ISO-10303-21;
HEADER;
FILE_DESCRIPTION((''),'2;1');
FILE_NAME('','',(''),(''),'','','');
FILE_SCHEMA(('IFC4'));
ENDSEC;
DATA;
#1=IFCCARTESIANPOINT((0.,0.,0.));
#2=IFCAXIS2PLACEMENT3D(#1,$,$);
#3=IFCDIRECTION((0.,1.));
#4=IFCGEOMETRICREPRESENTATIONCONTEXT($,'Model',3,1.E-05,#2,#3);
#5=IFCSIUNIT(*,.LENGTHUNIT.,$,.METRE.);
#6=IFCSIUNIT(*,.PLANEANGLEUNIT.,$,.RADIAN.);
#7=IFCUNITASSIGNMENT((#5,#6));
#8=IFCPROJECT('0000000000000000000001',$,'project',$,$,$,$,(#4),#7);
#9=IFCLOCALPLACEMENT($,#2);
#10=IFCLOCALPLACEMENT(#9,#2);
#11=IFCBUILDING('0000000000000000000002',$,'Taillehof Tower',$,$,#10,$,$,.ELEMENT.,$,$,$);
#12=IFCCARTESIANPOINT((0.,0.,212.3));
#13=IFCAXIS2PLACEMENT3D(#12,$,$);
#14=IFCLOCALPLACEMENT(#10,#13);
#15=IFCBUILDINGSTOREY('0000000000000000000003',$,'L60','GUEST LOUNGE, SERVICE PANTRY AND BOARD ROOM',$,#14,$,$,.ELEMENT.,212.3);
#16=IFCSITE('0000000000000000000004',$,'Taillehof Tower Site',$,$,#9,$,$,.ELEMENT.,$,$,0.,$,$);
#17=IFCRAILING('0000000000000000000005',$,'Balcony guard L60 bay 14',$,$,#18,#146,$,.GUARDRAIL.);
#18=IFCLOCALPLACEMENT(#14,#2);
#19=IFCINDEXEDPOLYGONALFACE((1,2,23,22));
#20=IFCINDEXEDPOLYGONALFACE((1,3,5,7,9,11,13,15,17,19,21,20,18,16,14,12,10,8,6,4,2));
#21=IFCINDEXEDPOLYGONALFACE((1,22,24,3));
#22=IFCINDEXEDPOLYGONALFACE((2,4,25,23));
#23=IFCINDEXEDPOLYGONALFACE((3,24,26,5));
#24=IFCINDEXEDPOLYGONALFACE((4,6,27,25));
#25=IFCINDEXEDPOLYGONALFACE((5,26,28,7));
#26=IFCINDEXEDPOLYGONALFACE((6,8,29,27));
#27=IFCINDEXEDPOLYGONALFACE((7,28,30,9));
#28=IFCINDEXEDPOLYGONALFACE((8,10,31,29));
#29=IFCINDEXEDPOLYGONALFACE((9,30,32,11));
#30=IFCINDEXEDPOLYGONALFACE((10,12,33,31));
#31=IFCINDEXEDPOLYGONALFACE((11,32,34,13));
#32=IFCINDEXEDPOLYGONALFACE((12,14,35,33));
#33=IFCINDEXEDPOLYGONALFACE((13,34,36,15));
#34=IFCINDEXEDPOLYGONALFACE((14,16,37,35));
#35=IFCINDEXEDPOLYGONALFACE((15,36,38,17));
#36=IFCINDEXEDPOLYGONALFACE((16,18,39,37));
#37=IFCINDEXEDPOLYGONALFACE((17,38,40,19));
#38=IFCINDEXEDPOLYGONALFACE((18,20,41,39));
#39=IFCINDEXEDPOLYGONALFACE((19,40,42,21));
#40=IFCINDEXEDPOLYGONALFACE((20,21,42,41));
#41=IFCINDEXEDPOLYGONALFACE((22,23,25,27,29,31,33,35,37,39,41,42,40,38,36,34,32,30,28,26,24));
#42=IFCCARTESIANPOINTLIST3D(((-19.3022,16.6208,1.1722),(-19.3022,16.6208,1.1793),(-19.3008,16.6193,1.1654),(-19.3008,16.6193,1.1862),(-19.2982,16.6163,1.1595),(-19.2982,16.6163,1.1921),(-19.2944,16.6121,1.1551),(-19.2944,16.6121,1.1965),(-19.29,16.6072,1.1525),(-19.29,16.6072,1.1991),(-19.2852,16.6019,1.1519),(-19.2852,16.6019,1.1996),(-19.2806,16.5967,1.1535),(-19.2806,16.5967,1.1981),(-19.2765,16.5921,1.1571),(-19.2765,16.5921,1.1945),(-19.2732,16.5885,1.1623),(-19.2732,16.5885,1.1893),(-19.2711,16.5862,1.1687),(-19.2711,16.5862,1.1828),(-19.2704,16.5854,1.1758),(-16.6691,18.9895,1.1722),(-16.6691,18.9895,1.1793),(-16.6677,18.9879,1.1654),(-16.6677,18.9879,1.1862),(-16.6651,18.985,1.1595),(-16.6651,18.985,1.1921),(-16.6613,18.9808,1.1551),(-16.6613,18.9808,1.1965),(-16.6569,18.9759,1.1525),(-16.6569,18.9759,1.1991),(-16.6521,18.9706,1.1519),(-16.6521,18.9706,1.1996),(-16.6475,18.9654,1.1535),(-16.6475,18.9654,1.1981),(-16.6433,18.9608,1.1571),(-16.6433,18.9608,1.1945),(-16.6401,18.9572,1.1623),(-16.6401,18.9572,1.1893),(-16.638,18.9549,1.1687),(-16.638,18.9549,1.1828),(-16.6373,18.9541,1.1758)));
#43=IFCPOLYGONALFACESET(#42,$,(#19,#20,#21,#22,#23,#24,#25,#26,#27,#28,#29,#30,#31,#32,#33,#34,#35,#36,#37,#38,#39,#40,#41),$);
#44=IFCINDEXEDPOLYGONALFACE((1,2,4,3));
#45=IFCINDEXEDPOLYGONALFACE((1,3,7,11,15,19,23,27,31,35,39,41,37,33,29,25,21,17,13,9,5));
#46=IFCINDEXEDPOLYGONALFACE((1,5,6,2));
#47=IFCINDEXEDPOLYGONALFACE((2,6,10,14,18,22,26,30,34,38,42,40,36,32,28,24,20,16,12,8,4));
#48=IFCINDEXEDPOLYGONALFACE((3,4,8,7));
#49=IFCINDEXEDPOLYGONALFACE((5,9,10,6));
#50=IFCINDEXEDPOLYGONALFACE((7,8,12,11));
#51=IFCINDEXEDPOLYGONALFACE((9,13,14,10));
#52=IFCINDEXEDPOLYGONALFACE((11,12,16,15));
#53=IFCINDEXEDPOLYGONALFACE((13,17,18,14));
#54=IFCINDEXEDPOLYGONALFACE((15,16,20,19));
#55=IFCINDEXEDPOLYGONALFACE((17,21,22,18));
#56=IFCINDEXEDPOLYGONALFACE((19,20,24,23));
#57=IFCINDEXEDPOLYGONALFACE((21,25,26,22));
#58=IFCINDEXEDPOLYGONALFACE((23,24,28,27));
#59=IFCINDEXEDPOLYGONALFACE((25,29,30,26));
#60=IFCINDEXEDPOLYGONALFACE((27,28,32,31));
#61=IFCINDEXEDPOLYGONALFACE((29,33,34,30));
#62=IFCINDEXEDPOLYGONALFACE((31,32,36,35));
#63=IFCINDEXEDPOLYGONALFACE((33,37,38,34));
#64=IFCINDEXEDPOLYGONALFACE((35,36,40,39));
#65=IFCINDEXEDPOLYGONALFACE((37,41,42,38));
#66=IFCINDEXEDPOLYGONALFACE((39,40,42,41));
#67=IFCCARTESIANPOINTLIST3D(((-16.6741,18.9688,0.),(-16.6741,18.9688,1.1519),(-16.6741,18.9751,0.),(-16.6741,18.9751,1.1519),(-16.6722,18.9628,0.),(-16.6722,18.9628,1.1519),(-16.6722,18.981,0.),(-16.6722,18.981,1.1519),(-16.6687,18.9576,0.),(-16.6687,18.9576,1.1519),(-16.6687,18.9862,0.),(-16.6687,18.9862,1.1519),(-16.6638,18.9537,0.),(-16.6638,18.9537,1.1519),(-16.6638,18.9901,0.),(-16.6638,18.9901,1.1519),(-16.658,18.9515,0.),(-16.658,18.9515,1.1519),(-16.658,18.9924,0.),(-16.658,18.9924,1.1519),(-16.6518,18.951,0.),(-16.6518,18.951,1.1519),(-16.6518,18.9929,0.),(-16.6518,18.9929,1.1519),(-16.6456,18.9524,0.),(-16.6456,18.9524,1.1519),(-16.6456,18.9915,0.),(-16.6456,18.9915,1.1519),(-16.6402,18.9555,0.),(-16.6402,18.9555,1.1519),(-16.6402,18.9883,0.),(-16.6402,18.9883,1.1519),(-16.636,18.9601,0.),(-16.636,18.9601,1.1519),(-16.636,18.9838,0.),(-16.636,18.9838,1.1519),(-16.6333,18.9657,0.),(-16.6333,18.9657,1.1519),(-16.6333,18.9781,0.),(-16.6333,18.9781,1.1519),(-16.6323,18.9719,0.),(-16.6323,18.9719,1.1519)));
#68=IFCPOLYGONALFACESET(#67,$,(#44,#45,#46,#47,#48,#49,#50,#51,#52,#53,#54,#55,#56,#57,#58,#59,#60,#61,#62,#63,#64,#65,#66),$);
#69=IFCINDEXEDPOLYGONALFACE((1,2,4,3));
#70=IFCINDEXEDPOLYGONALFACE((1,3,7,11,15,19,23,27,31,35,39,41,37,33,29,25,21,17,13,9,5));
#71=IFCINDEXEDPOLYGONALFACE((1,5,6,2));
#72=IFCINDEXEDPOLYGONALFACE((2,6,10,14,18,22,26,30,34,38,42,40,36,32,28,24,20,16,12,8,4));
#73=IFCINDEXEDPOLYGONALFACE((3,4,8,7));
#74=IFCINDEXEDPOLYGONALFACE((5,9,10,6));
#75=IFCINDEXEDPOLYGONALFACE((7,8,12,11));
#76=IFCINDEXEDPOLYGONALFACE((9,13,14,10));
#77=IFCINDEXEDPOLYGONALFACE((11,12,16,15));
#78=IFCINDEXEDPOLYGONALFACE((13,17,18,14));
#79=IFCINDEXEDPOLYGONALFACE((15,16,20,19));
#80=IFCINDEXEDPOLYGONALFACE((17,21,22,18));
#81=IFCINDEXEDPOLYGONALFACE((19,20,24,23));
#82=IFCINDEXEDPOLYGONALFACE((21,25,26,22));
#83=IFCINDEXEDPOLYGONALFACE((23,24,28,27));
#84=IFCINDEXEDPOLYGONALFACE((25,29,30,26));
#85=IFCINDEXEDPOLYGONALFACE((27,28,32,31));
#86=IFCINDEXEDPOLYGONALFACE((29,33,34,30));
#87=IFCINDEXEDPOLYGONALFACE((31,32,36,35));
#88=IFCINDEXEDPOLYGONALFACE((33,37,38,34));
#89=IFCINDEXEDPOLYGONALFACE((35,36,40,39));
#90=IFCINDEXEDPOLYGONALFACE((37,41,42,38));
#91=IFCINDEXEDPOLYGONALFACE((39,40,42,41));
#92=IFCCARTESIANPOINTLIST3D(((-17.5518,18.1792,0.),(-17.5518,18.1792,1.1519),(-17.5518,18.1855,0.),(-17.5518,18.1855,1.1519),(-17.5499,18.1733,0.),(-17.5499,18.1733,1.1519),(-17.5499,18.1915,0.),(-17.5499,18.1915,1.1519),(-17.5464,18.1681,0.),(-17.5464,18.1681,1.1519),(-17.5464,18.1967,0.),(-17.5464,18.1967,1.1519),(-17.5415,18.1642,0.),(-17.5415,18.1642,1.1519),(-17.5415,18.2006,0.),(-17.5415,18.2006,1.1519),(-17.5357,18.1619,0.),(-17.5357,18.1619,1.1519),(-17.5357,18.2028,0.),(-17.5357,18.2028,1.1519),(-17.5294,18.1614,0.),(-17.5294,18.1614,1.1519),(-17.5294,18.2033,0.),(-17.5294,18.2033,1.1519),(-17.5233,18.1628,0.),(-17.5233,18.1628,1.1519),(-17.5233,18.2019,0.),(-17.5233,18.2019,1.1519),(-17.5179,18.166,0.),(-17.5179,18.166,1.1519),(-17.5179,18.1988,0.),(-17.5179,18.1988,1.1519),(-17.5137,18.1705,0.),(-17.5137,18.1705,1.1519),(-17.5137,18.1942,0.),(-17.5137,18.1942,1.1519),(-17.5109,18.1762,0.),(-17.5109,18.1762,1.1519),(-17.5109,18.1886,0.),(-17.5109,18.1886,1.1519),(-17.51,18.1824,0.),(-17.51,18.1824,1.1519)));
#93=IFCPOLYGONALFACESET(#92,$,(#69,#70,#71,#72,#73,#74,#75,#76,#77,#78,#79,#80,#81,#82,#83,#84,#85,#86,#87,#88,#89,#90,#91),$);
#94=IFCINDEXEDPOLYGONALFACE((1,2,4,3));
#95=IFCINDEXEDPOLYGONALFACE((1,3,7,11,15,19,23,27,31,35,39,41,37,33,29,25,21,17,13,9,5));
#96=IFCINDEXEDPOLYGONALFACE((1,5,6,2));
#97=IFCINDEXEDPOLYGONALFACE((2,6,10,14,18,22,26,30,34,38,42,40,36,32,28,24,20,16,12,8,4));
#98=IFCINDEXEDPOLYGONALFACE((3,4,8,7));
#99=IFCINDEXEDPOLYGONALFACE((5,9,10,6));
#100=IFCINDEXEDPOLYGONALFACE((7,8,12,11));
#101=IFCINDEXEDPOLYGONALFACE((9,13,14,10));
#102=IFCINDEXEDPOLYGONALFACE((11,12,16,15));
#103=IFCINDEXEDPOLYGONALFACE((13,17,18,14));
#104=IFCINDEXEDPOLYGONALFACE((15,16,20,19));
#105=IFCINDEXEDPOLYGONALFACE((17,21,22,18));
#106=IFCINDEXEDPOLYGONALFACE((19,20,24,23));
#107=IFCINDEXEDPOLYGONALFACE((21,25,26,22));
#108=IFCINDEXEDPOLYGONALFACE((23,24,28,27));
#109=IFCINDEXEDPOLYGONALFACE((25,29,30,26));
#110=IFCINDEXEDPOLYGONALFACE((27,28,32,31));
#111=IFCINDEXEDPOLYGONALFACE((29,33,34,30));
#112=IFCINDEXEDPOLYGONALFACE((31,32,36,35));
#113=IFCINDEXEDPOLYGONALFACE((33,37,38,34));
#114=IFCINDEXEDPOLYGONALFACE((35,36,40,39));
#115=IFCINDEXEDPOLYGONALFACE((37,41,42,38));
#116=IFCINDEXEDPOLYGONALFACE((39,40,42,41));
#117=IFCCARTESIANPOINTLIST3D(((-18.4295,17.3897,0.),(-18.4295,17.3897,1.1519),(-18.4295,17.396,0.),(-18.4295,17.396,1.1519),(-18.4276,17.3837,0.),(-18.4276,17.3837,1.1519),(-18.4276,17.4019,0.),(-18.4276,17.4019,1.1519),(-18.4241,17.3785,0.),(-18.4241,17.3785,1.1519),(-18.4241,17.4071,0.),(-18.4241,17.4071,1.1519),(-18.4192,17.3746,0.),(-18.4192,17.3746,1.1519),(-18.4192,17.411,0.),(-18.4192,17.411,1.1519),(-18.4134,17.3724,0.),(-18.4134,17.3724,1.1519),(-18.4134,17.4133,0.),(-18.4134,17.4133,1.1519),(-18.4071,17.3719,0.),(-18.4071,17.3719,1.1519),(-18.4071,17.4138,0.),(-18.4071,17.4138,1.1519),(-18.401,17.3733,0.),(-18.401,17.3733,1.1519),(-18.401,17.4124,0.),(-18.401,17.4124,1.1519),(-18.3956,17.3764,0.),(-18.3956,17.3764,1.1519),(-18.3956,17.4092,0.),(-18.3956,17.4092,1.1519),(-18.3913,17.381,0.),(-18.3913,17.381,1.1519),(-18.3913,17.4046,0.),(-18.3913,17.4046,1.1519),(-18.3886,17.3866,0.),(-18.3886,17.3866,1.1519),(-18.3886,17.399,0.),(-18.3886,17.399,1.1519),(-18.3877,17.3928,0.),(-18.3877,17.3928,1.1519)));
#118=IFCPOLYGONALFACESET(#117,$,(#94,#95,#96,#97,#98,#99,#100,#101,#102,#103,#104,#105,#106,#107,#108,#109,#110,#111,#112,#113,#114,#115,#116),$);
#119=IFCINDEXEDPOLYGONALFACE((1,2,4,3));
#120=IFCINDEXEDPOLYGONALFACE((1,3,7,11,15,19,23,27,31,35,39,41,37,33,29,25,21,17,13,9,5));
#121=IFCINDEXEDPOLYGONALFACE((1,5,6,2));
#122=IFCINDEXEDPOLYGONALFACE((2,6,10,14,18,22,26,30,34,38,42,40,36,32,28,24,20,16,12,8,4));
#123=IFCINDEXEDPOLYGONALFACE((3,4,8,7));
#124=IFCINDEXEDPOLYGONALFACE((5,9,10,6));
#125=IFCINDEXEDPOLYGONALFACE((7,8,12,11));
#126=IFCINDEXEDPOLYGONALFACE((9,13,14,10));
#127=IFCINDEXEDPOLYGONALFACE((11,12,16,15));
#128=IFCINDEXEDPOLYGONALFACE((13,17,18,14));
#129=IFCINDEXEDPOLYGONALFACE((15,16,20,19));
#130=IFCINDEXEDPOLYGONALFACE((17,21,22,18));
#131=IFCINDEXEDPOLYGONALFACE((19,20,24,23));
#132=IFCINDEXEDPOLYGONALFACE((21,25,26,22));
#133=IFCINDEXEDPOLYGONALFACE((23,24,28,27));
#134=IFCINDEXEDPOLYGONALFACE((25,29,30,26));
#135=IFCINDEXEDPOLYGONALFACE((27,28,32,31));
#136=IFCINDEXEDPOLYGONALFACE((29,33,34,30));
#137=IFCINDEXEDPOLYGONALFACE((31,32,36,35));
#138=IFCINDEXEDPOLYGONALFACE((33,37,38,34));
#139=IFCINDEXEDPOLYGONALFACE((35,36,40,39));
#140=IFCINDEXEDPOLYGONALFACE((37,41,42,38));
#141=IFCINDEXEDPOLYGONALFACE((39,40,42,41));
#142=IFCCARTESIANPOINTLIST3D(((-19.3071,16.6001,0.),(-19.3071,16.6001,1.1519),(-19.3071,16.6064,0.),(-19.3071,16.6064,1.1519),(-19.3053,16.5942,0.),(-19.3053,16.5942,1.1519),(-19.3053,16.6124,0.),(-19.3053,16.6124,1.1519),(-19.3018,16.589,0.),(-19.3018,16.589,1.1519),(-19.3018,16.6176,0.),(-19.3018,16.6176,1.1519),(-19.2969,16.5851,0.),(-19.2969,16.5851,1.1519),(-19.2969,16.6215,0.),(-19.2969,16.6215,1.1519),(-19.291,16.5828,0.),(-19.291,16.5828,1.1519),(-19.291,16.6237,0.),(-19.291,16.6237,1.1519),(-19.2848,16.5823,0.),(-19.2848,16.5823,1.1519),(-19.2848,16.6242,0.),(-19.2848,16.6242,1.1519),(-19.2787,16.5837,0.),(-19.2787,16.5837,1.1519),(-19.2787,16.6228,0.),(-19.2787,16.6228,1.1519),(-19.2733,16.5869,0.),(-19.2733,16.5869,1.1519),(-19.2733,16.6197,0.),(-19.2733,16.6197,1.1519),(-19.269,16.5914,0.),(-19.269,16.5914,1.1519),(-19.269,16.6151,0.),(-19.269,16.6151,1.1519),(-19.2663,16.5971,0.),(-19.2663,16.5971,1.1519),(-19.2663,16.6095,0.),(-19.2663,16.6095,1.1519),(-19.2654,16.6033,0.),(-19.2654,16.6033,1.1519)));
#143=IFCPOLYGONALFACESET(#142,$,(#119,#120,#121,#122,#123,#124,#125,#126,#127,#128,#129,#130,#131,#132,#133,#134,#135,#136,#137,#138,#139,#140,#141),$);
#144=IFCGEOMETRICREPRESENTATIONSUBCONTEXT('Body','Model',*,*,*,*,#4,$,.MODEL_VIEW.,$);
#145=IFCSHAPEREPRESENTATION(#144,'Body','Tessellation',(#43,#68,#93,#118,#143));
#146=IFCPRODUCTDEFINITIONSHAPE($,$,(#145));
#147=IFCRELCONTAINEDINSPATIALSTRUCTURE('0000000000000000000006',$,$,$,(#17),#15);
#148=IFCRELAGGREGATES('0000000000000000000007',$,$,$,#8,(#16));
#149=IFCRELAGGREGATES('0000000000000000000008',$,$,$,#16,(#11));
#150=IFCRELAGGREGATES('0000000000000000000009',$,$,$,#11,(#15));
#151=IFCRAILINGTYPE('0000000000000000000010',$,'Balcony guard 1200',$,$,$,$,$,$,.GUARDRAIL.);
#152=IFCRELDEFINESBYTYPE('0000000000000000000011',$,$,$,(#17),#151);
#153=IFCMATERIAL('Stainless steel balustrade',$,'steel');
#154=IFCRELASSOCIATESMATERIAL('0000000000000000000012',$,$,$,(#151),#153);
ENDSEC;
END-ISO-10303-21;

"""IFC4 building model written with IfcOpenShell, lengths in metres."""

from ifc_helpers import new_model, si_unit, direction, frame, origin, origin_2d, place, context, subcontext, project, spatial, circle, extrude, material, type_object, element, save


model = new_model("IFC4")

# Units and contexts
model_context = context("Model", 3, precision=1e-05, world=origin(), true_north=direction((0.0, 1.0)))
body_context = subcontext(model_context, "Body", "Model", "MODEL_VIEW")
ifc_project = project(units=[si_unit("LENGTHUNIT", "METRE"), si_unit("PLANEANGLEUNIT", "RADIAN")], contexts=[model_context])

# Site, building, storey
site_placement = place(None, origin())
site = spatial("IfcSite", under=ifc_project, at=site_placement, Name="Taillehof Tower Site", CompositionType="ELEMENT", RefElevation=0.0)
building_placement = place(site_placement, origin())
building = spatial("IfcBuilding", under=site, at=building_placement, Name="Taillehof Tower", CompositionType="ELEMENT")
storey_placement = place(building_placement, frame((0.0, 0.0, 212.3)))
storey = spatial("IfcBuildingStorey", under=building, at=storey_placement, Name="L60", Description="GUEST LOUNGE, SERVICE PANTRY AND BOARD ROOM", CompositionType="ELEMENT", Elevation=212.3)

# Railing
ifc_material_1 = material(Name="Stainless steel balustrade", Category="steel")
railing_type_1 = type_object("IfcRailingType", Name="Balcony guard 1200", PredefinedType="GUARDRAIL", material=ifc_material_1)
railing_1_placement = place(storey_placement, frame((-16.6533, 18.9719, 0.0)))
element("IfcRailing", 1, at=railing_1_placement, inside=storey, type_object=railing_type_1, Name="Balcony guard L60 bay 14", PredefinedType="GUARDRAIL", context=body_context, shape_type="SweptSolid", body=[
    extrude(circle(Radius=0.0239, at=origin_2d()), frame((0.0, 0.0, 1.1758), z_axis=(-0.743448, -0.668793, 0.0), x_axis=(0.668793, -0.743448, 0.0)), (0.0, 0.0, 1.0), 3.5417),
    extrude(circle(Radius=0.021, at=origin_2d()), origin(), (0.0, 0.0, 1.0), 1.1519),
    extrude(circle(Radius=0.021, at=origin_2d()), frame((-0.8777, -0.7896, 0.0)), (0.0, 0.0, 1.0), 1.1519),
    extrude(circle(Radius=0.021, at=origin_2d()), frame((-1.7554, -1.5791, 0.0)), (0.0, 0.0, 1.0), 1.1519),
    extrude(circle(Radius=0.021, at=origin_2d()), frame((-2.6331, -2.3687, 0.0)), (0.0, 0.0, 1.0), 1.1519),
])

save(model, "model.ifc")
